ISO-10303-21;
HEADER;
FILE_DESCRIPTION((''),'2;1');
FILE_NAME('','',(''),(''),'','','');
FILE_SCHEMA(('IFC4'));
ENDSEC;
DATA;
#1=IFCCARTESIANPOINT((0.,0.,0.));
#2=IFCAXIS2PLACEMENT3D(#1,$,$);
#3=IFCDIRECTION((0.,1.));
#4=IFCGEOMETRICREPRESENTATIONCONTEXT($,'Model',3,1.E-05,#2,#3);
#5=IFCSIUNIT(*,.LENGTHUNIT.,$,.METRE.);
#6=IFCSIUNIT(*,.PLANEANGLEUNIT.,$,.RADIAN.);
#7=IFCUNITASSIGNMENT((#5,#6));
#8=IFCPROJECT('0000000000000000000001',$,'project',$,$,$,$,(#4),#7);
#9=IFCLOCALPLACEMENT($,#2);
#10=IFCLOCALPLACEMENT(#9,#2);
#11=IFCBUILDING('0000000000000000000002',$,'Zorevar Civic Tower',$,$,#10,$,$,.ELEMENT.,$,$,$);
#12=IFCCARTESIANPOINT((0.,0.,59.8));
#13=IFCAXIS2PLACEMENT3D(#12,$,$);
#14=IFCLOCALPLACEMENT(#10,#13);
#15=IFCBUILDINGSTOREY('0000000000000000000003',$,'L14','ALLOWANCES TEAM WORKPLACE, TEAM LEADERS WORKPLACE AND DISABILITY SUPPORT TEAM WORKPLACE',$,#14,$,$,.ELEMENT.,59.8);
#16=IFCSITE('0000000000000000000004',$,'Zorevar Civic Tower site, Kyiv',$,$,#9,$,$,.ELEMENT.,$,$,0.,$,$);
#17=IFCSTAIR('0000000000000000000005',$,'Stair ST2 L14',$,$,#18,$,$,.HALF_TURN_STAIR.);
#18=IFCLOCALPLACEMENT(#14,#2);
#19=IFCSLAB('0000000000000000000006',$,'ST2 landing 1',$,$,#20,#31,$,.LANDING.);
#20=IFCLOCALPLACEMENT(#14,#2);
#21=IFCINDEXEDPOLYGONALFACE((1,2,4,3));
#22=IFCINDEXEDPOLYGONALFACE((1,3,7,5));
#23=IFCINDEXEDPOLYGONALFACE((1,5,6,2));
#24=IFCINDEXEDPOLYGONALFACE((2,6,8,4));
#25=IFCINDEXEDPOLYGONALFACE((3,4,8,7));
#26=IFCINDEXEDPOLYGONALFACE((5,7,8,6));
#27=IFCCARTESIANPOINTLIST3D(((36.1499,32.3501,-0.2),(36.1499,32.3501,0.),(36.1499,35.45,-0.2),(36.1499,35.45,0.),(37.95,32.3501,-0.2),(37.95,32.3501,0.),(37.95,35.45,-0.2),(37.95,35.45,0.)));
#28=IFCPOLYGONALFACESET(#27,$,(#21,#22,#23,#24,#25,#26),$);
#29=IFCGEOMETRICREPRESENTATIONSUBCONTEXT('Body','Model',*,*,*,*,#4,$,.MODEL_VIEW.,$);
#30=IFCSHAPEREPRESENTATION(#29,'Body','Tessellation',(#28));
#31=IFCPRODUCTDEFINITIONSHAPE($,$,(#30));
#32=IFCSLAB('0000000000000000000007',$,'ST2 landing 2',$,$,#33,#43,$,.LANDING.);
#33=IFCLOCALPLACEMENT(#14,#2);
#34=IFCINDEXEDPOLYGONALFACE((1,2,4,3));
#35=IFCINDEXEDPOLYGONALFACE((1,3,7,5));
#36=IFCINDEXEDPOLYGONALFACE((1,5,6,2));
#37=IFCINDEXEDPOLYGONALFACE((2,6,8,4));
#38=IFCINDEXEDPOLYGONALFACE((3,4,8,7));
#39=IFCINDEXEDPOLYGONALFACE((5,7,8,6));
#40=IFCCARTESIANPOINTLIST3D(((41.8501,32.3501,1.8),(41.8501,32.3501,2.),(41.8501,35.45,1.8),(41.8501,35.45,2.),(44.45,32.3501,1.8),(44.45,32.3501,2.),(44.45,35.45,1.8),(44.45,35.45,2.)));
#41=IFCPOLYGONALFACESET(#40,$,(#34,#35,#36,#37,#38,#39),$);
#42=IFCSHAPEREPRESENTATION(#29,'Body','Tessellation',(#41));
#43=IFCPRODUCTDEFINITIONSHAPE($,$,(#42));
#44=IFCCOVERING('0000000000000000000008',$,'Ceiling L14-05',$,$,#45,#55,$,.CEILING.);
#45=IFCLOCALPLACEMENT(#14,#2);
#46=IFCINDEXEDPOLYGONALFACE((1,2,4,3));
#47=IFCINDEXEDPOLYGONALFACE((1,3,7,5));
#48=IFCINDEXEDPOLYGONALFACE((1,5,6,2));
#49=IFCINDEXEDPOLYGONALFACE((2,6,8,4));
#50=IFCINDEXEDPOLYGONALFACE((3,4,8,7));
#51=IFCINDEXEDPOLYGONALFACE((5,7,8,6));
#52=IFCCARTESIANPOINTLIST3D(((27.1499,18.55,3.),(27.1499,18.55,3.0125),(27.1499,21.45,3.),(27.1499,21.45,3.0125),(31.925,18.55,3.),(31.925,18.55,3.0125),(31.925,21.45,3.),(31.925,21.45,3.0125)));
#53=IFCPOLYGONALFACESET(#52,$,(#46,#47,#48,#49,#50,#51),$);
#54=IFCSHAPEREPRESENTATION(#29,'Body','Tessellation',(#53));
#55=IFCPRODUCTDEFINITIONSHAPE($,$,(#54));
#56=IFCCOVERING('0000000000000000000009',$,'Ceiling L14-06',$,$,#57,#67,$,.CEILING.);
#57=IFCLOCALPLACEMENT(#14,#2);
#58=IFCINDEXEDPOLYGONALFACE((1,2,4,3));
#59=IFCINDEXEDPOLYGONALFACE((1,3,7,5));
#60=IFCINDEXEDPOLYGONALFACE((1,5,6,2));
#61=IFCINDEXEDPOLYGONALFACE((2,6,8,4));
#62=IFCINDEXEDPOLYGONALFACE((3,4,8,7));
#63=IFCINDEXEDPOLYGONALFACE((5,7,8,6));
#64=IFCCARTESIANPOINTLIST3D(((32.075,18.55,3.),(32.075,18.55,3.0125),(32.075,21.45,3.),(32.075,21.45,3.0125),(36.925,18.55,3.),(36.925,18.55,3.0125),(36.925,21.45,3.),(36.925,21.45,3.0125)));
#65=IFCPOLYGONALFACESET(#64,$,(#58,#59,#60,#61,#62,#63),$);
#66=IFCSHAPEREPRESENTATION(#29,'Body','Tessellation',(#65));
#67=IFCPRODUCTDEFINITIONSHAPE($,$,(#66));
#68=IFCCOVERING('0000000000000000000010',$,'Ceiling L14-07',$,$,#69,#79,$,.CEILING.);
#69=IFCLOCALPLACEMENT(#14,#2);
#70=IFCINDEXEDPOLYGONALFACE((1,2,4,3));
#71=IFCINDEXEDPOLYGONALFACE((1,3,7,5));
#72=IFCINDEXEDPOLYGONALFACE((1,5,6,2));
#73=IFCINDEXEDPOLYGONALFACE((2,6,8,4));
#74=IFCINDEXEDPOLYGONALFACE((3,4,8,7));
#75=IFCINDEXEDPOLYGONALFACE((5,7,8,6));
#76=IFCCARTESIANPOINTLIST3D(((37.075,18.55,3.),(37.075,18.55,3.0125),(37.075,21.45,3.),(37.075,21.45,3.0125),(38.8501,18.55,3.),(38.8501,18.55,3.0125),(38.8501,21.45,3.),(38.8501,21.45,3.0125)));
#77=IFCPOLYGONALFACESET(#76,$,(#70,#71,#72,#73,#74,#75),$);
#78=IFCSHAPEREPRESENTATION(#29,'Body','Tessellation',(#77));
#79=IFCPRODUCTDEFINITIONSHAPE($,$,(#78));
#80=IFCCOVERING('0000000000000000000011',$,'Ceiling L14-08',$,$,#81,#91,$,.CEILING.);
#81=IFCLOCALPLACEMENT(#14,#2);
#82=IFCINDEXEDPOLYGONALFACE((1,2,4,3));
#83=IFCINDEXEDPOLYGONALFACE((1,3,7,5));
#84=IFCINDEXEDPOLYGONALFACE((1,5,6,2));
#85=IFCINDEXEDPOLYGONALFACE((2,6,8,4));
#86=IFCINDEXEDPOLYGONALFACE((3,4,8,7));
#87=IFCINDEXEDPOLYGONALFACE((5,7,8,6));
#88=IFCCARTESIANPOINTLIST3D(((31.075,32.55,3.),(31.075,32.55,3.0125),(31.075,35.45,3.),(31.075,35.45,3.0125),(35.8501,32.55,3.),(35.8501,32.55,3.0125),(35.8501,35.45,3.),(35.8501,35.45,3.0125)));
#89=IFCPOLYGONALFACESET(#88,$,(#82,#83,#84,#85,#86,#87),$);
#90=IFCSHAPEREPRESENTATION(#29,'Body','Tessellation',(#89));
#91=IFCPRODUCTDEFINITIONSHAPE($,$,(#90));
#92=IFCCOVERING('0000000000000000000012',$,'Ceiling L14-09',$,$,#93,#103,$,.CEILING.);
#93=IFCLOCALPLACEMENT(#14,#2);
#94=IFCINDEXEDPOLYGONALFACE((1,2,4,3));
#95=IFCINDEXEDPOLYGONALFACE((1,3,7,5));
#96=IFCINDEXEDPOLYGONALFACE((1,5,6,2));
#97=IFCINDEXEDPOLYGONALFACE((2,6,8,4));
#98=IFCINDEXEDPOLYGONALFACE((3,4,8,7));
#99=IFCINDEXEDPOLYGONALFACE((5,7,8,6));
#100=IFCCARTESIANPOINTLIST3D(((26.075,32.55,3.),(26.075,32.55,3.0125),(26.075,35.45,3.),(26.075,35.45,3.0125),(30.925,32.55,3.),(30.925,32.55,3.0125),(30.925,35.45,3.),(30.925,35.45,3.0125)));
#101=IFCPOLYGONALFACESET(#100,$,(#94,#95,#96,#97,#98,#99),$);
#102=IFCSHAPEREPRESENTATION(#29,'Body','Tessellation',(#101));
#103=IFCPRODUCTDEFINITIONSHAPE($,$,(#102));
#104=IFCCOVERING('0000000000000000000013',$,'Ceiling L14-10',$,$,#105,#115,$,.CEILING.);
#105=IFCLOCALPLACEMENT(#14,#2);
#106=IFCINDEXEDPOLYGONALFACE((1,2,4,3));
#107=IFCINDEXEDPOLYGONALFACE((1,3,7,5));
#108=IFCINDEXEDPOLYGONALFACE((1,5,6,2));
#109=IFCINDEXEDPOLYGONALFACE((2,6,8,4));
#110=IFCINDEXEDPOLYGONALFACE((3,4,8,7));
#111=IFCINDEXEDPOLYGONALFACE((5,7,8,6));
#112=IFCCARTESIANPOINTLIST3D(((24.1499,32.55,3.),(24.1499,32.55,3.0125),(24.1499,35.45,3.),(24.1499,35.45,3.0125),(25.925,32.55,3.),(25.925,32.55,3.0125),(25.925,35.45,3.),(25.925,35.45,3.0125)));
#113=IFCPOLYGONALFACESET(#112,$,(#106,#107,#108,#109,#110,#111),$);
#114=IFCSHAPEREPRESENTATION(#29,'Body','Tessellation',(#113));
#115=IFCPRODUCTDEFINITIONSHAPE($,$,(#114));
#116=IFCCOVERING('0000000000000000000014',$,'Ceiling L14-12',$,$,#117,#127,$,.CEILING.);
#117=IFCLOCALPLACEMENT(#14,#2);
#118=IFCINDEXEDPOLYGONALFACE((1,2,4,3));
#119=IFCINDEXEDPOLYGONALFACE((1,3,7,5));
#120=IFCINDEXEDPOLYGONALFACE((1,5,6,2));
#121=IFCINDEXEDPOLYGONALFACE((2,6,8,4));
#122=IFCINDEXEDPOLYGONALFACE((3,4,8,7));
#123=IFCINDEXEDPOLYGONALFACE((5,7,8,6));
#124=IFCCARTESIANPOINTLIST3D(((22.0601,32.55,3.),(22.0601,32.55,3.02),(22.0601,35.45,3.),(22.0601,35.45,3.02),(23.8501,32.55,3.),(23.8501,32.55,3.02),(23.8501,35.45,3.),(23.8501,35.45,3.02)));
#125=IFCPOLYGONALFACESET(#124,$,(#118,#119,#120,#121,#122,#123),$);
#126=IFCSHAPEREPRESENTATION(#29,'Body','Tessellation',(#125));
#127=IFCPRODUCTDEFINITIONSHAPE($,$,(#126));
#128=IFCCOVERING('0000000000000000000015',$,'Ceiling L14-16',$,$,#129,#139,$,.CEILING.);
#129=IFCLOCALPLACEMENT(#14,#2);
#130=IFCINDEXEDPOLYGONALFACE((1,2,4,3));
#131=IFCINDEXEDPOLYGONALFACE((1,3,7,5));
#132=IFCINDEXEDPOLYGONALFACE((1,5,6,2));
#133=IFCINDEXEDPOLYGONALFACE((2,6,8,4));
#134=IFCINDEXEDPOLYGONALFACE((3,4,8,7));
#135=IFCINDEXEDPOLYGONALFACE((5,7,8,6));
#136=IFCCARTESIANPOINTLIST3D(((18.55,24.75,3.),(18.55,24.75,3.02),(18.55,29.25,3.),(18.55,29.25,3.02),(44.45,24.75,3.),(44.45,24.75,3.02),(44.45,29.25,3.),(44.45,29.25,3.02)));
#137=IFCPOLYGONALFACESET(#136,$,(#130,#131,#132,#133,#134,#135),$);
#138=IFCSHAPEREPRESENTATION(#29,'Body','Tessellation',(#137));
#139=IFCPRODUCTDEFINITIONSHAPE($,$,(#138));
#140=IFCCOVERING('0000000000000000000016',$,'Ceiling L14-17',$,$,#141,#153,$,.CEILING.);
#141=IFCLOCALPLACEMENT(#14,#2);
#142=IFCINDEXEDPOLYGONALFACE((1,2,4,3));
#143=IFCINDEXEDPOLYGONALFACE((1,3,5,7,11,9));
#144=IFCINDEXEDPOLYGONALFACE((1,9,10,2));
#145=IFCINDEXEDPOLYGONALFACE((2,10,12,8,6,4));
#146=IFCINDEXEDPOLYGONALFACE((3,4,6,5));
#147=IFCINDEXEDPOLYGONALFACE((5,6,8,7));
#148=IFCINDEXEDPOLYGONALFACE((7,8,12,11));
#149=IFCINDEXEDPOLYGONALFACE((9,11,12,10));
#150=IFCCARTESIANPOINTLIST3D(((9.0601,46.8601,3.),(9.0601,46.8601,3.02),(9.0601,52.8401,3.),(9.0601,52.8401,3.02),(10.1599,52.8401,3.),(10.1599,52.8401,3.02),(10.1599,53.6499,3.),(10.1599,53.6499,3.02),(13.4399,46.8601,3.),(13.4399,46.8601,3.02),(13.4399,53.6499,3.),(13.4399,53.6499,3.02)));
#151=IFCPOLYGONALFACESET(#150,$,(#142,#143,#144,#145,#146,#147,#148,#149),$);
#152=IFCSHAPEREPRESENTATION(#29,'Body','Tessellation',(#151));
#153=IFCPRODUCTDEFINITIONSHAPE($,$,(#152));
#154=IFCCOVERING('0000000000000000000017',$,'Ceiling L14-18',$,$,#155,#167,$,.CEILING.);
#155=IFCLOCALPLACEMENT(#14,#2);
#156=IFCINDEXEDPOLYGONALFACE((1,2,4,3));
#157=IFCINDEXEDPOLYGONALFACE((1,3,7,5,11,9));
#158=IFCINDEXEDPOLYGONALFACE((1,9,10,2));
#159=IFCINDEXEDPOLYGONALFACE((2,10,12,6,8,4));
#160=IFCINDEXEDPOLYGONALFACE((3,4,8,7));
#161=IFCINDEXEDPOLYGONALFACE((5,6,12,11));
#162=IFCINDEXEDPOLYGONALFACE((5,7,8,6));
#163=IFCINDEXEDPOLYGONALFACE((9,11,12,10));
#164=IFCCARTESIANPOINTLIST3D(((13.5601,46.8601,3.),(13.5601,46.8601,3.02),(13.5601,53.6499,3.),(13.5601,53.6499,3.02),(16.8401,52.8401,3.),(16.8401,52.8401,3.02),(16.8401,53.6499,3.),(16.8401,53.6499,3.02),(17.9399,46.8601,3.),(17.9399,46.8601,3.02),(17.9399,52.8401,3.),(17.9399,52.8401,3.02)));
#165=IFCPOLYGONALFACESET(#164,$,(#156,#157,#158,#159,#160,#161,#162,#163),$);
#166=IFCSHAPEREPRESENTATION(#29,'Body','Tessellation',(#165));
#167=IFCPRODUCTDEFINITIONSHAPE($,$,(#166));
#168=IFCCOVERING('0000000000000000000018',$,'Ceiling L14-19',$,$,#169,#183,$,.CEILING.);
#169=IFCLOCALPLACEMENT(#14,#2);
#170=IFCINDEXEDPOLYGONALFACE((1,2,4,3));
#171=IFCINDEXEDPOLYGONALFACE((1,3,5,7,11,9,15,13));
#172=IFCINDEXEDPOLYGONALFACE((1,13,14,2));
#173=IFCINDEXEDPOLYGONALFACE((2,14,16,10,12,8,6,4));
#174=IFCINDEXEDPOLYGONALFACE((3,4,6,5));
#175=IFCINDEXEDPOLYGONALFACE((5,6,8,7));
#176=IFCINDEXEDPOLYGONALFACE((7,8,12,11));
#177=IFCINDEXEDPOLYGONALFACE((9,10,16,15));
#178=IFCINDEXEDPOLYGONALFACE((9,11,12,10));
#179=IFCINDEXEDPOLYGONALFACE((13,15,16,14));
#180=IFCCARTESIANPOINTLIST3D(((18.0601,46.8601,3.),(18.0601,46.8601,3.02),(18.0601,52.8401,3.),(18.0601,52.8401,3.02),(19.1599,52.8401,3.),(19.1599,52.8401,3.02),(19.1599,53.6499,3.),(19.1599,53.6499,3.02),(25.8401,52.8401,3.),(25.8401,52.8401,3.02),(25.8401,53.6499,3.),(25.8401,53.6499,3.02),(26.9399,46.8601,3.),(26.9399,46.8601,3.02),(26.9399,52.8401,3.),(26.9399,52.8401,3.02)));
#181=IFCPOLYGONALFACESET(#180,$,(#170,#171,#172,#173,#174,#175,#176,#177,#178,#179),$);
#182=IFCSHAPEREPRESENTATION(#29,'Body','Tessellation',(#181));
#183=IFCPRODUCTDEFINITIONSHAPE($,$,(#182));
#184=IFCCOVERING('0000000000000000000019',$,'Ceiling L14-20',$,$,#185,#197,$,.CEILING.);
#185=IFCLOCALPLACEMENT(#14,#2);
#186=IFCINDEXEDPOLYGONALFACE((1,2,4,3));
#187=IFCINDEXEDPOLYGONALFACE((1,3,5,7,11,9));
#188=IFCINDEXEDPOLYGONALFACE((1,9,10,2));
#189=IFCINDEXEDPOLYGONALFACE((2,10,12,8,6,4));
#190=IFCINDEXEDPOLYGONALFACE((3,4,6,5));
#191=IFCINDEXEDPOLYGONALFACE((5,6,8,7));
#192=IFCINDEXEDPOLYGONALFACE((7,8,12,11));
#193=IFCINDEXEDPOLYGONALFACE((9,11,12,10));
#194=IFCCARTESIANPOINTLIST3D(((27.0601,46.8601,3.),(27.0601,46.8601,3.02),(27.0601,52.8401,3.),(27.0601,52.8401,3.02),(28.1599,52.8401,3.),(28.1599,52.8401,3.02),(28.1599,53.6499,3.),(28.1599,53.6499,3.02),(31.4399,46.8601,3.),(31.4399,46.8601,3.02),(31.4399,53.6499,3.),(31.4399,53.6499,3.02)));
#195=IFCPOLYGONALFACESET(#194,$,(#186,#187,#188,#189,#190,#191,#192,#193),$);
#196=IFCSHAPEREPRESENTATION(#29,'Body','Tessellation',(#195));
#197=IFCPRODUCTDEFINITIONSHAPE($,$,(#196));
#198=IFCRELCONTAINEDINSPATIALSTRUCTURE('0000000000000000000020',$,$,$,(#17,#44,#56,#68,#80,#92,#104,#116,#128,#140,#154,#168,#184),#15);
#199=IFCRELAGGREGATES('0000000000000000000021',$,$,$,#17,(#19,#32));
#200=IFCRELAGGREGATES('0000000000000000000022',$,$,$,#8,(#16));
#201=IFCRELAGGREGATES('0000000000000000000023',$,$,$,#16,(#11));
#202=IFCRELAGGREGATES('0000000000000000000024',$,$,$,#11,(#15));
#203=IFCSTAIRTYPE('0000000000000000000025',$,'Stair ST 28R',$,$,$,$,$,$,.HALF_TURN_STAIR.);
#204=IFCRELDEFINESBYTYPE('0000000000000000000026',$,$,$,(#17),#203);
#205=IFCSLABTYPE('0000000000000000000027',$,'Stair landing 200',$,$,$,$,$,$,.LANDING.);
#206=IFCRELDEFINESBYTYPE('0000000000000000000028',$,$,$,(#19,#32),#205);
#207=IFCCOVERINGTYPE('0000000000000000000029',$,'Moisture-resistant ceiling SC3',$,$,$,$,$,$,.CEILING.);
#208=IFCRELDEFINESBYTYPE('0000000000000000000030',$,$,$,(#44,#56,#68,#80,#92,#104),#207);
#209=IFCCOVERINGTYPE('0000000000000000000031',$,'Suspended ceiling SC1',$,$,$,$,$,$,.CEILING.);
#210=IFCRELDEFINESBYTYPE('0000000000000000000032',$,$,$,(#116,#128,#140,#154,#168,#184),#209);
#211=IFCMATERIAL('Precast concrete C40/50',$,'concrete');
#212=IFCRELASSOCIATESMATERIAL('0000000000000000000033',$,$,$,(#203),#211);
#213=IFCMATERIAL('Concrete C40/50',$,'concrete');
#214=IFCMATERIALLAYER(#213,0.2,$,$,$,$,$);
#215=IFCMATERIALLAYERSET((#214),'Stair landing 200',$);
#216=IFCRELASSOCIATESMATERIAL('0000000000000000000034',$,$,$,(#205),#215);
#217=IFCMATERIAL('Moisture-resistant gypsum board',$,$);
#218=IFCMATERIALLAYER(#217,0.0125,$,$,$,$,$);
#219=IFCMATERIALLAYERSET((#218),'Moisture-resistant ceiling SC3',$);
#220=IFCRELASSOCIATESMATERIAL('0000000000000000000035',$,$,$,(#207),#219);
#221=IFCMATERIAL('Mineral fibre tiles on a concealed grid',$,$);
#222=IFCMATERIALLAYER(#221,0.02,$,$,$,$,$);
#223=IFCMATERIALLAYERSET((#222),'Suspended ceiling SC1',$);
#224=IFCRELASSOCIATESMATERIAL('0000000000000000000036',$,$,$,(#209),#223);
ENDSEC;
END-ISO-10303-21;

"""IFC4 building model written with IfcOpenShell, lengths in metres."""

from ifc_helpers import new_model, si_unit, direction, frame, origin, place, context, subcontext, project, spatial, polyline, outline, extrude, material, layer, layer_set, type_object, element, aggregate, save


model = new_model("IFC4")

# Units and contexts
model_context = context("Model", 3, precision=1e-05, world=origin(), true_north=direction((0.0, 1.0)))
body_context = subcontext(model_context, "Body", "Model", "MODEL_VIEW")
ifc_project = project(units=[si_unit("LENGTHUNIT", "METRE"), si_unit("PLANEANGLEUNIT", "RADIAN")], contexts=[model_context])

# Site, building, storey
site_placement = place(None, origin())
site = spatial("IfcSite", under=ifc_project, at=site_placement, Name="Zorevar Civic Tower site, Kyiv", CompositionType="ELEMENT", RefElevation=0.0)
building_placement = place(site_placement, origin())
building = spatial("IfcBuilding", under=site, at=building_placement, Name="Zorevar Civic Tower", CompositionType="ELEMENT")
storey_placement = place(building_placement, frame((0.0, 0.0, 59.8)))
storey = spatial("IfcBuildingStorey", under=building, at=storey_placement, Name="L14", Description="ALLOWANCES TEAM WORKPLACE, TEAM LEADERS WORKPLACE AND DISABILITY SUPPORT TEAM WORKPLACE", CompositionType="ELEMENT", Elevation=59.8)

# Stair, slabs
ifc_material_1 = material(Name="Precast concrete C40/50", Category="concrete")
stair_type = type_object("IfcStairType", Name="Stair ST 28R", PredefinedType="HALF_TURN_STAIR", material=ifc_material_1)
ifc_material_2 = material(Name="Concrete C40/50", Category="concrete")
ifc_layer_1 = layer(ifc_material_2, 0.2)
ifc_layer_set_1 = layer_set([ifc_layer_1], Name="Stair landing 200")
slab_type_1 = type_object("IfcSlabType", Name="Stair landing 200", PredefinedType="LANDING", material=ifc_layer_set_1)
stair_1_placement = place(storey_placement, origin())
stair_1 = element("IfcStair", 1, at=stair_1_placement, inside=storey, type_object=stair_type, Name="Stair ST2 L14", PredefinedType="HALF_TURN_STAIR")
slab_1_placement = place(storey_placement, frame((0.0, 0.0, -0.2)))
slab_1 = element("IfcSlab", 2, at=slab_1_placement, type_object=slab_type_1, Name="ST2 landing 1", PredefinedType="LANDING", context=body_context, shape_type="SweptSolid", body=[
    extrude(outline(polyline([(37.95, 32.3501), (36.1499, 32.3501), (36.1499, 35.45), (37.95, 35.45), (37.95, 32.3501)])), origin(), (0.0, 0.0, 1.0), 0.2),
])
slab_2_placement = place(storey_placement, frame((0.0, 0.0, 1.8)))
slab_2 = element("IfcSlab", 3, at=slab_2_placement, type_object=slab_type_1, Name="ST2 landing 2", PredefinedType="LANDING", context=body_context, shape_type="SweptSolid", body=[
    extrude(outline(polyline([(44.45, 32.3501), (41.8501, 32.3501), (41.8501, 35.45), (44.45, 35.45), (44.45, 32.3501)])), origin(), (0.0, 0.0, 1.0), 0.2),
])
aggregate(stair_1, [slab_1, slab_2])

# Coverings
ifc_material_3 = material(Name="Moisture-resistant gypsum board")
ifc_layer_2 = layer(ifc_material_3, 0.0125)
ifc_layer_set_2 = layer_set([ifc_layer_2], Name="Moisture-resistant ceiling SC3")
covering_type_1 = type_object("IfcCoveringType", Name="Moisture-resistant ceiling SC3", PredefinedType="CEILING", material=ifc_layer_set_2)
covering_1_placement = place(storey_placement, frame((0.0, 0.0, 3.0)))
element("IfcCovering", 4, at=covering_1_placement, inside=storey, type_object=covering_type_1, Name="Ceiling L14-05", PredefinedType="CEILING", context=body_context, shape_type="SweptSolid", body=[
    extrude(outline(polyline([(31.925, 18.55), (31.925, 21.45), (27.1499, 21.45), (27.1499, 18.55), (31.925, 18.55)])), origin(), (0.0, 0.0, 1.0), 0.0125),
])
covering_2_placement = place(storey_placement, frame((0.0, 0.0, 3.0)))
element("IfcCovering", 5, at=covering_2_placement, inside=storey, type_object=covering_type_1, Name="Ceiling L14-06", PredefinedType="CEILING", context=body_context, shape_type="SweptSolid", body=[
    extrude(outline(polyline([(36.925, 18.55), (36.925, 21.45), (32.075, 21.45), (32.075, 18.55), (36.925, 18.55)])), origin(), (0.0, 0.0, 1.0), 0.0125),
])
covering_3_placement = place(storey_placement, frame((0.0, 0.0, 3.0)))
element("IfcCovering", 6, at=covering_3_placement, inside=storey, type_object=covering_type_1, Name="Ceiling L14-07", PredefinedType="CEILING", context=body_context, shape_type="SweptSolid", body=[
    extrude(outline(polyline([(38.8501, 18.55), (38.8501, 21.45), (37.075, 21.45), (37.075, 18.55), (38.8501, 18.55)])), origin(), (0.0, 0.0, 1.0), 0.0125),
])
covering_4_placement = place(storey_placement, frame((0.0, 0.0, 3.0)))
element("IfcCovering", 7, at=covering_4_placement, inside=storey, type_object=covering_type_1, Name="Ceiling L14-08", PredefinedType="CEILING", context=body_context, shape_type="SweptSolid", body=[
    extrude(outline(polyline([(35.8501, 32.55), (35.8501, 35.45), (31.075, 35.45), (31.075, 32.55), (35.8501, 32.55)])), origin(), (0.0, 0.0, 1.0), 0.0125),
])
covering_5_placement = place(storey_placement, frame((0.0, 0.0, 3.0)))
element("IfcCovering", 8, at=covering_5_placement, inside=storey, type_object=covering_type_1, Name="Ceiling L14-09", PredefinedType="CEILING", context=body_context, shape_type="SweptSolid", body=[
    extrude(outline(polyline([(30.925, 32.55), (30.925, 35.45), (26.075, 35.45), (26.075, 32.55), (30.925, 32.55)])), origin(), (0.0, 0.0, 1.0), 0.0125),
])
covering_6_placement = place(storey_placement, frame((0.0, 0.0, 3.0)))
element("IfcCovering", 9, at=covering_6_placement, inside=storey, type_object=covering_type_1, Name="Ceiling L14-10", PredefinedType="CEILING", context=body_context, shape_type="SweptSolid", body=[
    extrude(outline(polyline([(25.925, 32.55), (25.925, 35.45), (24.1499, 35.45), (24.1499, 32.55), (25.925, 32.55)])), origin(), (0.0, 0.0, 1.0), 0.0125),
])
ifc_material_4 = material(Name="Mineral fibre tiles on a concealed grid")
ifc_layer_3 = layer(ifc_material_4, 0.02)
ifc_layer_set_3 = layer_set([ifc_layer_3], Name="Suspended ceiling SC1")
covering_type_2 = type_object("IfcCoveringType", Name="Suspended ceiling SC1", PredefinedType="CEILING", material=ifc_layer_set_3)
covering_7_placement = place(storey_placement, frame((0.0, 0.0, 3.0)))
element("IfcCovering", 10, at=covering_7_placement, inside=storey, type_object=covering_type_2, Name="Ceiling L14-12", PredefinedType="CEILING", context=body_context, shape_type="SweptSolid", body=[
    extrude(outline(polyline([(23.8501, 32.55), (23.8501, 35.45), (22.0601, 35.45), (22.0601, 32.55), (23.8501, 32.55)])), origin(), (0.0, 0.0, 1.0), 0.02),
])
covering_8_placement = place(storey_placement, frame((0.0, 0.0, 3.0)))
element("IfcCovering", 11, at=covering_8_placement, inside=storey, type_object=covering_type_2, Name="Ceiling L14-16", PredefinedType="CEILING", context=body_context, shape_type="SweptSolid", body=[
    extrude(outline(polyline([(44.45, 24.75), (44.45, 29.25), (18.55, 29.25), (18.55, 24.75), (44.45, 24.75)])), origin(), (0.0, 0.0, 1.0), 0.02),
])
covering_9_placement = place(storey_placement, frame((0.0, 0.0, 3.0)))
element("IfcCovering", 12, at=covering_9_placement, inside=storey, type_object=covering_type_2, Name="Ceiling L14-17", PredefinedType="CEILING", context=body_context, shape_type="SweptSolid", body=[
    extrude(outline(polyline([(9.0601, 46.8601), (9.0601, 52.8401), (10.1599, 52.8401), (10.1599, 53.6499), (13.4399, 53.6499), (13.4399, 46.8601), (9.0601, 46.8601)])), origin(), (0.0, 0.0, 1.0), 0.02),
])
covering_10_placement = place(storey_placement, frame((0.0, 0.0, 3.0)))
element("IfcCovering", 13, at=covering_10_placement, inside=storey, type_object=covering_type_2, Name="Ceiling L14-18", PredefinedType="CEILING", context=body_context, shape_type="SweptSolid", body=[
    extrude(outline(polyline([(13.5601, 46.8601), (13.5601, 53.6499), (16.8401, 53.6499), (16.8401, 52.8401), (17.9399, 52.8401), (17.9399, 46.8601), (13.5601, 46.8601)])), origin(), (0.0, 0.0, 1.0), 0.02),
])
covering_11_placement = place(storey_placement, frame((0.0, 0.0, 3.0)))
element("IfcCovering", 14, at=covering_11_placement, inside=storey, type_object=covering_type_2, Name="Ceiling L14-19", PredefinedType="CEILING", context=body_context, shape_type="SweptSolid", body=[
    extrude(outline(polyline([(19.1599, 52.8401), (19.1599, 53.6499), (25.8401, 53.6499), (25.8401, 52.8401), (26.9399, 52.8401), (26.9399, 46.8601), (18.0601, 46.8601), (18.0601, 52.8401), (19.1599, 52.8401)])), origin(), (0.0, 0.0, 1.0), 0.02),
])
covering_12_placement = place(storey_placement, frame((0.0, 0.0, 3.0)))
element("IfcCovering", 15, at=covering_12_placement, inside=storey, type_object=covering_type_2, Name="Ceiling L14-20", PredefinedType="CEILING", context=body_context, shape_type="SweptSolid", body=[
    extrude(outline(polyline([(27.0601, 46.8601), (27.0601, 52.8401), (28.1599, 52.8401), (28.1599, 53.6499), (31.4399, 53.6499), (31.4399, 46.8601), (27.0601, 46.8601)])), origin(), (0.0, 0.0, 1.0), 0.02),
])

save(model, "model.ifc")
